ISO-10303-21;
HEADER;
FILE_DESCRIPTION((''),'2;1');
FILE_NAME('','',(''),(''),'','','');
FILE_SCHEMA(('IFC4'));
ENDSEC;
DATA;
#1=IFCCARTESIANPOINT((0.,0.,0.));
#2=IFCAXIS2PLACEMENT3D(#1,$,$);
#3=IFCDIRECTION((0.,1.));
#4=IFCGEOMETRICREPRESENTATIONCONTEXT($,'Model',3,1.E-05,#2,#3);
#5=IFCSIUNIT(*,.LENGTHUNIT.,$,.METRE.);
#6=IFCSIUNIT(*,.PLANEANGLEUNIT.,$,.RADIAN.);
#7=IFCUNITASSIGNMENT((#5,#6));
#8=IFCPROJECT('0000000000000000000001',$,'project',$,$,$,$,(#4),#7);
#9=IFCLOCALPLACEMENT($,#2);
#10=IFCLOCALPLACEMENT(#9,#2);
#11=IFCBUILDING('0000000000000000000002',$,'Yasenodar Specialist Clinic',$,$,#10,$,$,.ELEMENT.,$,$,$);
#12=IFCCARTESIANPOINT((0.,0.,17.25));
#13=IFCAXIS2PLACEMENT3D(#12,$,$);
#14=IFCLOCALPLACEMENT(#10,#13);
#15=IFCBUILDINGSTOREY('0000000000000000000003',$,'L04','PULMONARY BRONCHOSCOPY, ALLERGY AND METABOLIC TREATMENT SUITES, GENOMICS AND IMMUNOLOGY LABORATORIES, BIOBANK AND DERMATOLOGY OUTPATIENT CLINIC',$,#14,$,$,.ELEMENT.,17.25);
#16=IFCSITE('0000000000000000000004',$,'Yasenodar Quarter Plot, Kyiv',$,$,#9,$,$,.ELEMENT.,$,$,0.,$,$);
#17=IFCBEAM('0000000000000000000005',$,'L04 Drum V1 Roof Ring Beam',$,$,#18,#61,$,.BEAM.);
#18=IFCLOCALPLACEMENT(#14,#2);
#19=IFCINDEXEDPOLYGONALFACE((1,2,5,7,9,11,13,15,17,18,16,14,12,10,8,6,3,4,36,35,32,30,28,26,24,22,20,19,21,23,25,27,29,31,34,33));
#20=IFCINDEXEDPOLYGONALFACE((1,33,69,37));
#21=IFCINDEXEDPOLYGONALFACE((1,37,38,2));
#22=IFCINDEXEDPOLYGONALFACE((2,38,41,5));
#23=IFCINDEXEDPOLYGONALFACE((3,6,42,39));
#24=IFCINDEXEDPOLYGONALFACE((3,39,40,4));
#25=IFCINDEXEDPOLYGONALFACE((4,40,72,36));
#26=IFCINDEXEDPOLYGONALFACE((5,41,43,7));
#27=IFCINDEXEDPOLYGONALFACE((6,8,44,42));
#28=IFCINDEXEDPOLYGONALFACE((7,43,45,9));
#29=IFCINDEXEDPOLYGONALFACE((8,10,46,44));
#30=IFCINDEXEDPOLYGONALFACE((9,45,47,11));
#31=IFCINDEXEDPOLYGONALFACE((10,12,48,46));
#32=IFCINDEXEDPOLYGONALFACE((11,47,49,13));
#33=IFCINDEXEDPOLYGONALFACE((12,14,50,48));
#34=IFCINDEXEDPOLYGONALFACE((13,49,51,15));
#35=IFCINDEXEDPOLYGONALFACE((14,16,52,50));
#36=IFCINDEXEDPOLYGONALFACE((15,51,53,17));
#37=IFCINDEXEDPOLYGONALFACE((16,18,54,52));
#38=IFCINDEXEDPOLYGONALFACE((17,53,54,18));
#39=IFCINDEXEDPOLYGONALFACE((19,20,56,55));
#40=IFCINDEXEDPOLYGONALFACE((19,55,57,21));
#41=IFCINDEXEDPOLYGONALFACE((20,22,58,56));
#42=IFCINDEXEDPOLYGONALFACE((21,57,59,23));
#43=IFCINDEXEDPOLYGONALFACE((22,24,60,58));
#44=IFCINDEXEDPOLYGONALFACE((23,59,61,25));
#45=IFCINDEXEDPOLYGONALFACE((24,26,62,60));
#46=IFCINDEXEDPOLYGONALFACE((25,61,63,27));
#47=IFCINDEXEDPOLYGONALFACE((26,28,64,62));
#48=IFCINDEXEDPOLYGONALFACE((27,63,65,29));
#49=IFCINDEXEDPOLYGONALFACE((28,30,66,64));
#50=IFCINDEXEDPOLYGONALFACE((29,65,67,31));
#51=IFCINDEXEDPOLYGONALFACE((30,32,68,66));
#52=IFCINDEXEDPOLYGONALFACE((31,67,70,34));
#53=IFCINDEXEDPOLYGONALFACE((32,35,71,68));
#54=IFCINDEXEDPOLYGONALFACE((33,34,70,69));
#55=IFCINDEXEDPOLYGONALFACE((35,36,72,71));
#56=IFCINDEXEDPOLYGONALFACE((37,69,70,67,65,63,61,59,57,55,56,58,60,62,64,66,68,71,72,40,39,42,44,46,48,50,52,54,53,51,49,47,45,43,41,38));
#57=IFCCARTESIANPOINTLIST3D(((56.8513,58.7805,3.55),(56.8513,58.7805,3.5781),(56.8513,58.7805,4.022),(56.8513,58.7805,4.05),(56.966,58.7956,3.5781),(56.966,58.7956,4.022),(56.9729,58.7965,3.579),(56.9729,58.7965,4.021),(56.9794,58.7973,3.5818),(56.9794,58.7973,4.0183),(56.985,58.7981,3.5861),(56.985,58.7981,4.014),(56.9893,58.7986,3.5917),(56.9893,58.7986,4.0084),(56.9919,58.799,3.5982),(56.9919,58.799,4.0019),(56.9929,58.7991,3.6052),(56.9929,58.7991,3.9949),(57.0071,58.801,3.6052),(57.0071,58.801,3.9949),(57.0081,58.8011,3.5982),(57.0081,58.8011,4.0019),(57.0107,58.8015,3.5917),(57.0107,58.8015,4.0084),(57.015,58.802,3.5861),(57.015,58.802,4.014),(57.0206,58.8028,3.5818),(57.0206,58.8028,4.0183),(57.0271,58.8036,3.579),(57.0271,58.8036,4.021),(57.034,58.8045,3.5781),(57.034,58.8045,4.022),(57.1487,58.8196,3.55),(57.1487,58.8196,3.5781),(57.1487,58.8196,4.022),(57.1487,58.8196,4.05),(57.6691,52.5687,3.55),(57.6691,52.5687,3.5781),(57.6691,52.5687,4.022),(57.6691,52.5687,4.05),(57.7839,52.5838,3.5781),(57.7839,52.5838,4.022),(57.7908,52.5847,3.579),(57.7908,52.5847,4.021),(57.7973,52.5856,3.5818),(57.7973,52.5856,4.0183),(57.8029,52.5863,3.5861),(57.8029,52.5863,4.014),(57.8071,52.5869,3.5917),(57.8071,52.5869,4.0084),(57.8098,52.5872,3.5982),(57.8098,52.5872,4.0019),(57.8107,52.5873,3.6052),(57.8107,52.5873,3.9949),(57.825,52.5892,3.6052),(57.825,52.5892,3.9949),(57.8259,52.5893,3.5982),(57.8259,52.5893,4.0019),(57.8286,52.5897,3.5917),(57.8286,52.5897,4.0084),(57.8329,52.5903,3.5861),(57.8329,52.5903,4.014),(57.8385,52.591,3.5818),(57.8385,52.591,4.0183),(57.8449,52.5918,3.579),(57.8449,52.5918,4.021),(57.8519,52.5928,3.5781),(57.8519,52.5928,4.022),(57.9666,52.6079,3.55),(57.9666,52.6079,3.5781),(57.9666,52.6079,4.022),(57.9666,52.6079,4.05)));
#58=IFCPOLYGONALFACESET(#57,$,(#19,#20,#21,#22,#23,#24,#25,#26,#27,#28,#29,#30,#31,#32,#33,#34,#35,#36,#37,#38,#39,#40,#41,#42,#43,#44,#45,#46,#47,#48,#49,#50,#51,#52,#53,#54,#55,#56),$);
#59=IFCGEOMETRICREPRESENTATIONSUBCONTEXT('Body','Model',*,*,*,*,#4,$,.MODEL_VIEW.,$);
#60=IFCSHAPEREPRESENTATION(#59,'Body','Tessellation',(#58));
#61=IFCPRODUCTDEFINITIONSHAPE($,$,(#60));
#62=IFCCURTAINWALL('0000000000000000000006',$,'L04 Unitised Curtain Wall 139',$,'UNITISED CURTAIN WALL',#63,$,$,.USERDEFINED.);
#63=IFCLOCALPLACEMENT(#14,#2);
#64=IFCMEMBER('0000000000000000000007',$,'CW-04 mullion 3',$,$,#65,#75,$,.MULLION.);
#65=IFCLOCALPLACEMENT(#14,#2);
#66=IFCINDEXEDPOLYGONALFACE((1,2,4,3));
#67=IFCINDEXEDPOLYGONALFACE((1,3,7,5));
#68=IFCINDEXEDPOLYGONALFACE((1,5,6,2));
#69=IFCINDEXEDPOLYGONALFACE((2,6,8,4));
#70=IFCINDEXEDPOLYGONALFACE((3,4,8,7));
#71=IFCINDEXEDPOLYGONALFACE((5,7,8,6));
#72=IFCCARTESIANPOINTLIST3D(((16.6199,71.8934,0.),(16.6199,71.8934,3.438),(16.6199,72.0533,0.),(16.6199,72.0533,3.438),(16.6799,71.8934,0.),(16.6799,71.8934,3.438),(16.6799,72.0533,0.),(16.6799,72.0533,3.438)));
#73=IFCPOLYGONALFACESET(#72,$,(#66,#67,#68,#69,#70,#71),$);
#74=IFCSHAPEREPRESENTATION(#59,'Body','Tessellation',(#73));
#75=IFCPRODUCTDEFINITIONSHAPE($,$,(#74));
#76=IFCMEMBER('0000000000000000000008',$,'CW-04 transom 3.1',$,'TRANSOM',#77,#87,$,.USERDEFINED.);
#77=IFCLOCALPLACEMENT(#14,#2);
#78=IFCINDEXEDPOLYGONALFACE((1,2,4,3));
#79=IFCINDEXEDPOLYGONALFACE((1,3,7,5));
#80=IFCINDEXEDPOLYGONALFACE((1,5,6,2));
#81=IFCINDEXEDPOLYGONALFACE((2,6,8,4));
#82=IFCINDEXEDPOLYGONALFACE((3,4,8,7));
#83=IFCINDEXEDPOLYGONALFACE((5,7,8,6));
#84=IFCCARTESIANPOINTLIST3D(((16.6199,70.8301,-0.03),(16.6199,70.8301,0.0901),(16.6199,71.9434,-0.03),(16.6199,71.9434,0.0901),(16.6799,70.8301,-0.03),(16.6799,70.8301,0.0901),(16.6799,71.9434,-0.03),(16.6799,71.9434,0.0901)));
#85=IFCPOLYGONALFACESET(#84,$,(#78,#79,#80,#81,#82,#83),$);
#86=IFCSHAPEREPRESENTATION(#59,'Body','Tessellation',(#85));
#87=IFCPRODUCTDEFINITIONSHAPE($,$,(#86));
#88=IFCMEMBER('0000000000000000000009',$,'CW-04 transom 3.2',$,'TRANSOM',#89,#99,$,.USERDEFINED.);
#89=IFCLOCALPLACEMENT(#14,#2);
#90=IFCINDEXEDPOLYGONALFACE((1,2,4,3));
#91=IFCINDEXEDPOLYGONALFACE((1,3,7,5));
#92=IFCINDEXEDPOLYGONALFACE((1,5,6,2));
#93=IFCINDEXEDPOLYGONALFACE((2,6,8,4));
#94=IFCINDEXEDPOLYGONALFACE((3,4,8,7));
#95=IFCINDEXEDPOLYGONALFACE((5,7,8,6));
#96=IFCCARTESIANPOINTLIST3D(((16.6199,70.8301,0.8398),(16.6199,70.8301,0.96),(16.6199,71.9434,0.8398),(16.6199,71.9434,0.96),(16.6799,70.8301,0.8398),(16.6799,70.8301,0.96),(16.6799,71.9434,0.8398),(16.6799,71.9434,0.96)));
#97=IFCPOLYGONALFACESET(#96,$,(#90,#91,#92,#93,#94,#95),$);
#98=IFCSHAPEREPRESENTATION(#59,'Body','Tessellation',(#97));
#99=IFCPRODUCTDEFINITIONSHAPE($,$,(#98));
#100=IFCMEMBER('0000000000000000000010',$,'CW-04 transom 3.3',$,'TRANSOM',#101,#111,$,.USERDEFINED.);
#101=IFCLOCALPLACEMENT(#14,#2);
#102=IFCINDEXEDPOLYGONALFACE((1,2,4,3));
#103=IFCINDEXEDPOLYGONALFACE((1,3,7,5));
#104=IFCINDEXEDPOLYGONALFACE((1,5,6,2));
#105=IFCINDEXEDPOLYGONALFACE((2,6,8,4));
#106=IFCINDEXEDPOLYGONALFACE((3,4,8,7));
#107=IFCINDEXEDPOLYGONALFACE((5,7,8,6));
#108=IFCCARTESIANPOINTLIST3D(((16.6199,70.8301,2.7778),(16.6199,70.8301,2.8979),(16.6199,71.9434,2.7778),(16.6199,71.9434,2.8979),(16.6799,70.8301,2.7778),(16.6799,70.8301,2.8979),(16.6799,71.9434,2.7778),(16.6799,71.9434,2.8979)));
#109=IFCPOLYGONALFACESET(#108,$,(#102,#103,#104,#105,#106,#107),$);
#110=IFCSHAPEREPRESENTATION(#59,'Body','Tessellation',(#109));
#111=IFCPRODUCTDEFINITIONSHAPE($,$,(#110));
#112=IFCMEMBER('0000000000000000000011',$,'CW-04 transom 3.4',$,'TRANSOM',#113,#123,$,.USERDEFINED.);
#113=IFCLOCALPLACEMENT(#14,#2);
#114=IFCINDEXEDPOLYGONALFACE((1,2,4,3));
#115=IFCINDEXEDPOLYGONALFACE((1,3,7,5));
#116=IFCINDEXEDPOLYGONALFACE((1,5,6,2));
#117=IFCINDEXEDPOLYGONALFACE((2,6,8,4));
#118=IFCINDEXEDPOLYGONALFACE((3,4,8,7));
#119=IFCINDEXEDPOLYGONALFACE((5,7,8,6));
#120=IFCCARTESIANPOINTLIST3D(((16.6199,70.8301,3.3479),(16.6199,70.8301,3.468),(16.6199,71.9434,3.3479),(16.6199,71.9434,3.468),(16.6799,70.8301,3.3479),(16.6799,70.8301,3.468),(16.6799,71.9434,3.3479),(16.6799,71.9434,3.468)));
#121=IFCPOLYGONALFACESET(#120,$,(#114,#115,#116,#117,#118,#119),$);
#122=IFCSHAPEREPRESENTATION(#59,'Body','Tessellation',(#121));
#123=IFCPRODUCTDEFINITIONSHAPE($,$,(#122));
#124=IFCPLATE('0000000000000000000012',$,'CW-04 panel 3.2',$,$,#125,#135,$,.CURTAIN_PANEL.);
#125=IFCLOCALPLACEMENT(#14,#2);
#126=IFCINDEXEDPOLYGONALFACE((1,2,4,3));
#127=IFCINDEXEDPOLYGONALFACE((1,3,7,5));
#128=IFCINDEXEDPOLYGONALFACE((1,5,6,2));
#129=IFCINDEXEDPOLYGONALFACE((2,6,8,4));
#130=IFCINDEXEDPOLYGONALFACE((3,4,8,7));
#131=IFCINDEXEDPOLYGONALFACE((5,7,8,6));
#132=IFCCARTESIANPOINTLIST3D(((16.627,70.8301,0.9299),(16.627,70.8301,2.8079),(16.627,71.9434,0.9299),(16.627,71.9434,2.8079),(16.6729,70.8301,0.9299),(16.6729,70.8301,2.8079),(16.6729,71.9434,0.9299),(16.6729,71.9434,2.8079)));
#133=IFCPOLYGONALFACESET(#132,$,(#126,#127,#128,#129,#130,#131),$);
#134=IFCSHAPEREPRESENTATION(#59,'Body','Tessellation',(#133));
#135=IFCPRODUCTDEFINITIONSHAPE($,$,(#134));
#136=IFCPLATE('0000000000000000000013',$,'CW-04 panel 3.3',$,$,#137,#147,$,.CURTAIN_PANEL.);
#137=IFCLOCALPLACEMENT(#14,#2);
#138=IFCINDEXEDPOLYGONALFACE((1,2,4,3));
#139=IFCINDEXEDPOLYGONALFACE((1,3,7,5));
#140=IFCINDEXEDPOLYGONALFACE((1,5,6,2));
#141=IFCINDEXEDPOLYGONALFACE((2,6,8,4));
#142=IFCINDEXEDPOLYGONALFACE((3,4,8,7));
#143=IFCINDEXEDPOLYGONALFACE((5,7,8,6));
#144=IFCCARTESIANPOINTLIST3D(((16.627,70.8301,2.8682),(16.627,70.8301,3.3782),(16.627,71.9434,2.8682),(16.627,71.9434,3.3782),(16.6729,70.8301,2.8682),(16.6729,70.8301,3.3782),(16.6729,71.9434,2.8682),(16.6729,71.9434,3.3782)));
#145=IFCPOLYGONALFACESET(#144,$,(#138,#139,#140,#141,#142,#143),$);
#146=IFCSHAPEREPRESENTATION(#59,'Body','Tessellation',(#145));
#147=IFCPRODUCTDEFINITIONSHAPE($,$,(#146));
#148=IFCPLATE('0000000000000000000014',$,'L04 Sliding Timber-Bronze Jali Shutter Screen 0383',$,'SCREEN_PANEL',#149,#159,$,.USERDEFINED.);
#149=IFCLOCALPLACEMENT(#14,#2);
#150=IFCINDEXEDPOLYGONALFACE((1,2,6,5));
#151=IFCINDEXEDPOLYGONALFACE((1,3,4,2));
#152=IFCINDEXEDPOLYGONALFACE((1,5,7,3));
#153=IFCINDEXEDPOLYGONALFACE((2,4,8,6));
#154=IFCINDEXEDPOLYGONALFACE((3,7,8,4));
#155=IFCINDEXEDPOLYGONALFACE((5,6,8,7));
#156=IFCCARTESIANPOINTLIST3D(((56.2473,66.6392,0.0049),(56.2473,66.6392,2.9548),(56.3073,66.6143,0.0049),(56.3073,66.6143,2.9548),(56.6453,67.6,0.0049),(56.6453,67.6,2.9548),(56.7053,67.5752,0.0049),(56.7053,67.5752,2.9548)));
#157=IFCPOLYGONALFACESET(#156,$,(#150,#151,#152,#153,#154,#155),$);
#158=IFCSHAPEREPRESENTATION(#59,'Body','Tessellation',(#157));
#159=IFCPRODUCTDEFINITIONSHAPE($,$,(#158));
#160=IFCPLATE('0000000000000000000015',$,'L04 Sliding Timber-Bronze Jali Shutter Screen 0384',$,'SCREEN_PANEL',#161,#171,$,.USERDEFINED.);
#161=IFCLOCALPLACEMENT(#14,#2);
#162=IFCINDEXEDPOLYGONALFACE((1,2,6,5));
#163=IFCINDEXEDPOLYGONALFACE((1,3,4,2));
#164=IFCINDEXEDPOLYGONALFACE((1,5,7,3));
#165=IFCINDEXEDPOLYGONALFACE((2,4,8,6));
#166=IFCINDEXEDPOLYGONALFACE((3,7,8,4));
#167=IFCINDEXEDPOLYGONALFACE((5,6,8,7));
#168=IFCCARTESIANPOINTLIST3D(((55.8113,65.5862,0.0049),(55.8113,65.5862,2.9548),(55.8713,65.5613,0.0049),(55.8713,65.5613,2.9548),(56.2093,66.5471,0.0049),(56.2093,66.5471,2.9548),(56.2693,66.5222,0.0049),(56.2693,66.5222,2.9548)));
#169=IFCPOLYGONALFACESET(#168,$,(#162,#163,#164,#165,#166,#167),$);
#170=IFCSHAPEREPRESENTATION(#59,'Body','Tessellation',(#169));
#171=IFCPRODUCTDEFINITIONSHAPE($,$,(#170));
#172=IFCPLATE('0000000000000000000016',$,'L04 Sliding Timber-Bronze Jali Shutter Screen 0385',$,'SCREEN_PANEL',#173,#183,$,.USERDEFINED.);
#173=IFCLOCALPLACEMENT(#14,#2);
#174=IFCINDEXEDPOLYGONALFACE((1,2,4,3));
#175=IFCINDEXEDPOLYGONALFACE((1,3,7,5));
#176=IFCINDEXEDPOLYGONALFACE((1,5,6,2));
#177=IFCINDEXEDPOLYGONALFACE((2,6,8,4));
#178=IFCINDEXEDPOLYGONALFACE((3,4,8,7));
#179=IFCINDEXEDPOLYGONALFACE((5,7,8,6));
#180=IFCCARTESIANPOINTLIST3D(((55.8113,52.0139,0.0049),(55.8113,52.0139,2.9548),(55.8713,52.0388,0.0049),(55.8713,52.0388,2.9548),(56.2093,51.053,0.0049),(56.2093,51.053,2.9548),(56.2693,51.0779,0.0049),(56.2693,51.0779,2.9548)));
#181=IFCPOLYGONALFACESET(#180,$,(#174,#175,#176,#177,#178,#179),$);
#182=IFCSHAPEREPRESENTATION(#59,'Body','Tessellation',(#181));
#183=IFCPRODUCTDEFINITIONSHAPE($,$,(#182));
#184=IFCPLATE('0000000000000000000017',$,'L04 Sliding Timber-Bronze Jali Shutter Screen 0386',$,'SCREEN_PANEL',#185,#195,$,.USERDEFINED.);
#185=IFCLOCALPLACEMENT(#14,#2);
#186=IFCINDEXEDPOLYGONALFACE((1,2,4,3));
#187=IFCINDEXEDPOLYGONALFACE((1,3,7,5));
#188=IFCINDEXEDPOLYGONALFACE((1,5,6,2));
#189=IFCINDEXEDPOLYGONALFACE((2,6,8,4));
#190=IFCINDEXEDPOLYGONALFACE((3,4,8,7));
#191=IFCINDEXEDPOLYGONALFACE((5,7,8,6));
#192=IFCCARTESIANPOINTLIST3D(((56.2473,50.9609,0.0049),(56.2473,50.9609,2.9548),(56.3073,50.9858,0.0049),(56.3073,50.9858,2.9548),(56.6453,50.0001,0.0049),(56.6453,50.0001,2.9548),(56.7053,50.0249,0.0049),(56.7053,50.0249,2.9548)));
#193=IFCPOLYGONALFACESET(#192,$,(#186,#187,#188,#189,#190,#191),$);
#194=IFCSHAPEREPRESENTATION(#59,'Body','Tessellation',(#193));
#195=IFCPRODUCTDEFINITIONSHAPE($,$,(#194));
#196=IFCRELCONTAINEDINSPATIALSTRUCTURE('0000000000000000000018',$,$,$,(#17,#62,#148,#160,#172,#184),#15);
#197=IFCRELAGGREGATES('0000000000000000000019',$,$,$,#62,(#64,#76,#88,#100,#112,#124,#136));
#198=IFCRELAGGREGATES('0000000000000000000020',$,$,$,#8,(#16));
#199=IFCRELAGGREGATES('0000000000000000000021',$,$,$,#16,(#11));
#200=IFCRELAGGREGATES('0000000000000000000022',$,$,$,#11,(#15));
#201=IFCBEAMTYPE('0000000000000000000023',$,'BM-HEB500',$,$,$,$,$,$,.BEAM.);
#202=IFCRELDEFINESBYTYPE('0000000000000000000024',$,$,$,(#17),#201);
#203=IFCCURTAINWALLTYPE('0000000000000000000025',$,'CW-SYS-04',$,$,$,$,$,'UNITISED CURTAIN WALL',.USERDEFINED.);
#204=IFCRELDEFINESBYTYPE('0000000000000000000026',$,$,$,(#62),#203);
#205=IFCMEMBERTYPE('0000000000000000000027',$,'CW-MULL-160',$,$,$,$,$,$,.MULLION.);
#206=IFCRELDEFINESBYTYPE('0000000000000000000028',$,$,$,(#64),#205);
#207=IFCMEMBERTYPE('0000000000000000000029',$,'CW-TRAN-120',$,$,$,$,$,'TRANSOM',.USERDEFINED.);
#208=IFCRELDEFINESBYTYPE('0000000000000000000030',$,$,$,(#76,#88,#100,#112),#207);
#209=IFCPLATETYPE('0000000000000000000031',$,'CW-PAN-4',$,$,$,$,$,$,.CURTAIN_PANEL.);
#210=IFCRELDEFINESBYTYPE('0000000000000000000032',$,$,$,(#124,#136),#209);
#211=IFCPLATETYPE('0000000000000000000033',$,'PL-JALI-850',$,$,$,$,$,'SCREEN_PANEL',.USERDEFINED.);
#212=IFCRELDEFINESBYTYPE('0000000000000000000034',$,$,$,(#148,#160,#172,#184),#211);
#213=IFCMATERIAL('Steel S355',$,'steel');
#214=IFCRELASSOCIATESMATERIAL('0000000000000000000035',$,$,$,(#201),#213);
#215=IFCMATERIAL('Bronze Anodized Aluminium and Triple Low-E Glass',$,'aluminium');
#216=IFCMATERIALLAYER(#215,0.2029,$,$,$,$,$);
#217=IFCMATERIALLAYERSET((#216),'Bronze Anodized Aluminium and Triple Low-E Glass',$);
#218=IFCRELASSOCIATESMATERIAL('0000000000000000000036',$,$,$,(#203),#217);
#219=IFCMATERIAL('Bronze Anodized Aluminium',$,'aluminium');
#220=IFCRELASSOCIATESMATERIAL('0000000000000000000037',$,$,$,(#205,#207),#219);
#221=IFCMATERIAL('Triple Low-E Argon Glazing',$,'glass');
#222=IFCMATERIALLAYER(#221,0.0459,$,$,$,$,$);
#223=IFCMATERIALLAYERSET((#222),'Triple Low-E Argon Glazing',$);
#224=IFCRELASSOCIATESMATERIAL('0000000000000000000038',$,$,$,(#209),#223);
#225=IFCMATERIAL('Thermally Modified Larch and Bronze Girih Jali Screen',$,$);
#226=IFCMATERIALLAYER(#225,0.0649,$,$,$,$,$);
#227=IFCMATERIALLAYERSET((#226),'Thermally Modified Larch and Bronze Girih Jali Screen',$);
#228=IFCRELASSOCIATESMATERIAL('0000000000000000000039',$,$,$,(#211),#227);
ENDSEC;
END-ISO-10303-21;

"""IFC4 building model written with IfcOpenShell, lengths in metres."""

from ifc_helpers import new_model, si_unit, direction, frame, origin, origin_2d, place, context, subcontext, project, spatial, rectangle, i_section, extrude, material, layer, layer_set, material_profile, profile_set, type_object, element, aggregate, save


model = new_model("IFC4")

# Units and contexts
model_context = context("Model", 3, precision=1e-05, world=origin(), true_north=direction((0.0, 1.0)))
body_context = subcontext(model_context, "Body", "Model", "MODEL_VIEW")
ifc_project = project(units=[si_unit("LENGTHUNIT", "METRE"), si_unit("PLANEANGLEUNIT", "RADIAN")], contexts=[model_context])

# Site, building, storey
site_placement = place(None, origin())
site = spatial("IfcSite", under=ifc_project, at=site_placement, Name="Yasenodar Quarter Plot, Kyiv", CompositionType="ELEMENT", RefElevation=0.0)
building_placement = place(site_placement, origin())
building = spatial("IfcBuilding", under=site, at=building_placement, Name="Yasenodar Specialist Clinic", CompositionType="ELEMENT")
storey_placement = place(building_placement, frame((0.0, 0.0, 17.25)))
storey = spatial("IfcBuildingStorey", under=building, at=storey_placement, Name="L04", Description="PULMONARY BRONCHOSCOPY, ALLERGY AND METABOLIC TREATMENT SUITES, GENOMICS AND IMMUNOLOGY LABORATORIES, BIOBANK AND DERMATOLOGY OUTPATIENT CLINIC", CompositionType="ELEMENT", Elevation=17.25)

# Shared definitions
ifc_material_1 = material(Name="Steel S355", Category="steel")

# Beam
ifc_material_profile_1 = material_profile(ifc_material_1, i_section(OverallWidth=0.3, OverallDepth=0.5, WebThickness=0.0144, FlangeThickness=0.0281, FilletRadius=0.0271, at=origin_2d()), Name="HEB 500")
ifc_profile_set_1 = profile_set([ifc_material_profile_1], Name="Steel S355")
beam_type_1 = type_object("IfcBeamType", Name="BM-HEB500", PredefinedType="BEAM", material=ifc_profile_set_1)
beam_1_placement = place(storey_placement, frame((57.0, 58.8, 3.8), z_axis=(0.13054, -0.991443, 0.0), x_axis=(0.991443, 0.13054, 0.0)))
element("IfcBeam", 1, at=beam_1_placement, inside=storey, type_object=beam_type_1, Name="L04 Drum V1 Roof Ring Beam", PredefinedType="BEAM", context=body_context, shape_type="SweptSolid", body=[
    extrude(i_section(OverallWidth=0.3, OverallDepth=0.5, WebThickness=0.0144, FlangeThickness=0.0281, FilletRadius=0.0271, at=origin_2d()), origin(), (0.0, 0.0, 1.0), 6.2654),
])

# Curtain wall, members, plates
ifc_material_2 = material(Name="Bronze Anodized Aluminium and Triple Low-E Glass", Category="aluminium")
ifc_layer_1 = layer(ifc_material_2, 0.2029)
ifc_layer_set_1 = layer_set([ifc_layer_1], Name="Bronze Anodized Aluminium and Triple Low-E Glass")
curtain_wall_type = type_object("IfcCurtainWallType", Name="CW-SYS-04", ElementType="UNITISED CURTAIN WALL", PredefinedType="USERDEFINED", material=ifc_layer_set_1)
curtain_wall_placement = place(storey_placement, origin())
curtain_wall = element("IfcCurtainWall", 2, at=curtain_wall_placement, inside=storey, type_object=curtain_wall_type, Name="L04 Unitised Curtain Wall 139", ObjectType="UNITISED CURTAIN WALL", PredefinedType="USERDEFINED")
ifc_material_3 = material(Name="Bronze Anodized Aluminium", Category="aluminium")
ifc_material_profile_2 = material_profile(ifc_material_3, rectangle(XDim=0.0601, YDim=0.1599, at=origin_2d()), Name="CW-MULL 60x160")
ifc_profile_set_2 = profile_set([ifc_material_profile_2], Name="Bronze Anodized Aluminium")
member_type_1 = type_object("IfcMemberType", Name="CW-MULL-160", PredefinedType="MULLION", material=ifc_profile_set_2)
member_1_placement = place(storey_placement, frame((16.6499, 71.9734, 0.0), z_axis=(0.0, 0.0, 1.0), x_axis=(1.0, 0.0, 0.0)))
member_1 = element("IfcMember", 3, at=member_1_placement, type_object=member_type_1, Name="CW-04 mullion 3", PredefinedType="MULLION", context=body_context, shape_type="SweptSolid", body=[
    extrude(rectangle(XDim=0.0601, YDim=0.1599, at=origin_2d()), origin(), (0.0, 0.0, 1.0), 3.438),
])
ifc_material_profile_3 = material_profile(ifc_material_3, rectangle(XDim=0.0601, YDim=0.1201, at=origin_2d()), Name="CW-TRAN 60x120")
ifc_profile_set_3 = profile_set([ifc_material_profile_3], Name="Bronze Anodized Aluminium")
member_type_2 = type_object("IfcMemberType", Name="CW-TRAN-120", ElementType="TRANSOM", PredefinedType="USERDEFINED", material=ifc_profile_set_3)
member_2_placement = place(storey_placement, frame((16.6499, 71.9434, 0.03), z_axis=(0.0, -1.0, 0.0), x_axis=(1.0, 0.0, 0.0)))
member_2 = element("IfcMember", 4, at=member_2_placement, type_object=member_type_2, Name="CW-04 transom 3.1", ObjectType="TRANSOM", PredefinedType="USERDEFINED", context=body_context, shape_type="SweptSolid", body=[
    extrude(rectangle(XDim=0.0601, YDim=0.1201, at=origin_2d()), origin(), (0.0, 0.0, 1.0), 1.1133),
])
member_3_placement = place(storey_placement, frame((16.6499, 71.9434, 0.8999), z_axis=(0.0, -1.0, 0.0), x_axis=(1.0, 0.0, 0.0)))
member_3 = element("IfcMember", 5, at=member_3_placement, type_object=member_type_2, Name="CW-04 transom 3.2", ObjectType="TRANSOM", PredefinedType="USERDEFINED", context=body_context, shape_type="SweptSolid", body=[
    extrude(rectangle(XDim=0.0601, YDim=0.1201, at=origin_2d()), origin(), (0.0, 0.0, 1.0), 1.1133),
])
member_4_placement = place(storey_placement, frame((16.6499, 71.9434, 2.8379), z_axis=(0.0, -1.0, 0.0), x_axis=(1.0, 0.0, 0.0)))
member_4 = element("IfcMember", 6, at=member_4_placement, type_object=member_type_2, Name="CW-04 transom 3.3", ObjectType="TRANSOM", PredefinedType="USERDEFINED", context=body_context, shape_type="SweptSolid", body=[
    extrude(rectangle(XDim=0.0601, YDim=0.1201, at=origin_2d()), origin(), (0.0, 0.0, 1.0), 1.1133),
])
member_5_placement = place(storey_placement, frame((16.6499, 71.9434, 3.408), z_axis=(0.0, -1.0, 0.0), x_axis=(1.0, 0.0, 0.0)))
member_5 = element("IfcMember", 7, at=member_5_placement, type_object=member_type_2, Name="CW-04 transom 3.4", ObjectType="TRANSOM", PredefinedType="USERDEFINED", context=body_context, shape_type="SweptSolid", body=[
    extrude(rectangle(XDim=0.0601, YDim=0.1201, at=origin_2d()), origin(), (0.0, 0.0, 1.0), 1.1133),
])
ifc_material_4 = material(Name="Triple Low-E Argon Glazing", Category="glass")
ifc_layer_2 = layer(ifc_material_4, 0.0459)
ifc_layer_set_2 = layer_set([ifc_layer_2], Name="Triple Low-E Argon Glazing")
plate_type_1 = type_object("IfcPlateType", Name="CW-PAN-4", PredefinedType="CURTAIN_PANEL", material=ifc_layer_set_2)
plate_1_placement = place(storey_placement, frame((16.6499, 71.3867, 0.9299), z_axis=(0.0, 0.0, 1.0), x_axis=(0.0, -1.0, 0.0)))
plate_1 = element("IfcPlate", 8, at=plate_1_placement, type_object=plate_type_1, Name="CW-04 panel 3.2", PredefinedType="CURTAIN_PANEL", context=body_context, shape_type="SweptSolid", body=[
    extrude(rectangle(XDim=1.1133, YDim=0.0459, at=origin_2d()), origin(), (0.0, 0.0, 1.0), 1.8779),
])
plate_2_placement = place(storey_placement, frame((16.6499, 71.3867, 2.8682), z_axis=(0.0, 0.0, 1.0), x_axis=(0.0, -1.0, 0.0)))
plate_2 = element("IfcPlate", 9, at=plate_2_placement, type_object=plate_type_1, Name="CW-04 panel 3.3", PredefinedType="CURTAIN_PANEL", context=body_context, shape_type="SweptSolid", body=[
    extrude(rectangle(XDim=1.1133, YDim=0.0459, at=origin_2d()), origin(), (0.0, 0.0, 1.0), 0.51),
])
aggregate(curtain_wall, [member_1, member_2, member_3, member_4, member_5, plate_1, plate_2])

# Plates
ifc_material_5 = material(Name="Thermally Modified Larch and Bronze Girih Jali Screen")
ifc_layer_3 = layer(ifc_material_5, 0.0649)
ifc_layer_set_3 = layer_set([ifc_layer_3], Name="Thermally Modified Larch and Bronze Girih Jali Screen")
plate_type_2 = type_object("IfcPlateType", Name="PL-JALI-850", ElementType="SCREEN_PANEL", PredefinedType="USERDEFINED", material=ifc_layer_set_3)
for number, where, z_axis, x_axis, name in (
    (10, (56.4763, 67.1072, 0.0049), (0.0, 0.0, 1.0), (-0.382687, -0.923878, 0.0), "L04 Sliding Timber-Bronze Jali Shutter Screen 0383"),
    (11, (56.0403, 66.0542, 0.0049), (0.0, 0.0, 1.0), (-0.382687, -0.923878, 0.0), "L04 Sliding Timber-Bronze Jali Shutter Screen 0384"),
    (12, (56.0403, 51.5459, 0.0049), (0.0, 0.0, 1.0), (0.382687, -0.923878, 0.0), "L04 Sliding Timber-Bronze Jali Shutter Screen 0385"),
    (13, (56.4763, 50.4929, 0.0049), (0.0, 0.0, 1.0), (0.382687, -0.923878, 0.0), "L04 Sliding Timber-Bronze Jali Shutter Screen 0386"),
):
    element("IfcPlate", number, at=place(storey_placement, frame(where, z_axis=z_axis, x_axis=x_axis)), inside=storey, type_object=plate_type_2, Name=name, ObjectType="SCREEN_PANEL", PredefinedType="USERDEFINED", context=body_context, shape_type="SweptSolid", body=[
        extrude(rectangle(XDim=1.04, YDim=0.0649, at=origin_2d()), origin(), (0.0, 0.0, 1.0), 2.95),
    ])

save(model, "model.ifc")
